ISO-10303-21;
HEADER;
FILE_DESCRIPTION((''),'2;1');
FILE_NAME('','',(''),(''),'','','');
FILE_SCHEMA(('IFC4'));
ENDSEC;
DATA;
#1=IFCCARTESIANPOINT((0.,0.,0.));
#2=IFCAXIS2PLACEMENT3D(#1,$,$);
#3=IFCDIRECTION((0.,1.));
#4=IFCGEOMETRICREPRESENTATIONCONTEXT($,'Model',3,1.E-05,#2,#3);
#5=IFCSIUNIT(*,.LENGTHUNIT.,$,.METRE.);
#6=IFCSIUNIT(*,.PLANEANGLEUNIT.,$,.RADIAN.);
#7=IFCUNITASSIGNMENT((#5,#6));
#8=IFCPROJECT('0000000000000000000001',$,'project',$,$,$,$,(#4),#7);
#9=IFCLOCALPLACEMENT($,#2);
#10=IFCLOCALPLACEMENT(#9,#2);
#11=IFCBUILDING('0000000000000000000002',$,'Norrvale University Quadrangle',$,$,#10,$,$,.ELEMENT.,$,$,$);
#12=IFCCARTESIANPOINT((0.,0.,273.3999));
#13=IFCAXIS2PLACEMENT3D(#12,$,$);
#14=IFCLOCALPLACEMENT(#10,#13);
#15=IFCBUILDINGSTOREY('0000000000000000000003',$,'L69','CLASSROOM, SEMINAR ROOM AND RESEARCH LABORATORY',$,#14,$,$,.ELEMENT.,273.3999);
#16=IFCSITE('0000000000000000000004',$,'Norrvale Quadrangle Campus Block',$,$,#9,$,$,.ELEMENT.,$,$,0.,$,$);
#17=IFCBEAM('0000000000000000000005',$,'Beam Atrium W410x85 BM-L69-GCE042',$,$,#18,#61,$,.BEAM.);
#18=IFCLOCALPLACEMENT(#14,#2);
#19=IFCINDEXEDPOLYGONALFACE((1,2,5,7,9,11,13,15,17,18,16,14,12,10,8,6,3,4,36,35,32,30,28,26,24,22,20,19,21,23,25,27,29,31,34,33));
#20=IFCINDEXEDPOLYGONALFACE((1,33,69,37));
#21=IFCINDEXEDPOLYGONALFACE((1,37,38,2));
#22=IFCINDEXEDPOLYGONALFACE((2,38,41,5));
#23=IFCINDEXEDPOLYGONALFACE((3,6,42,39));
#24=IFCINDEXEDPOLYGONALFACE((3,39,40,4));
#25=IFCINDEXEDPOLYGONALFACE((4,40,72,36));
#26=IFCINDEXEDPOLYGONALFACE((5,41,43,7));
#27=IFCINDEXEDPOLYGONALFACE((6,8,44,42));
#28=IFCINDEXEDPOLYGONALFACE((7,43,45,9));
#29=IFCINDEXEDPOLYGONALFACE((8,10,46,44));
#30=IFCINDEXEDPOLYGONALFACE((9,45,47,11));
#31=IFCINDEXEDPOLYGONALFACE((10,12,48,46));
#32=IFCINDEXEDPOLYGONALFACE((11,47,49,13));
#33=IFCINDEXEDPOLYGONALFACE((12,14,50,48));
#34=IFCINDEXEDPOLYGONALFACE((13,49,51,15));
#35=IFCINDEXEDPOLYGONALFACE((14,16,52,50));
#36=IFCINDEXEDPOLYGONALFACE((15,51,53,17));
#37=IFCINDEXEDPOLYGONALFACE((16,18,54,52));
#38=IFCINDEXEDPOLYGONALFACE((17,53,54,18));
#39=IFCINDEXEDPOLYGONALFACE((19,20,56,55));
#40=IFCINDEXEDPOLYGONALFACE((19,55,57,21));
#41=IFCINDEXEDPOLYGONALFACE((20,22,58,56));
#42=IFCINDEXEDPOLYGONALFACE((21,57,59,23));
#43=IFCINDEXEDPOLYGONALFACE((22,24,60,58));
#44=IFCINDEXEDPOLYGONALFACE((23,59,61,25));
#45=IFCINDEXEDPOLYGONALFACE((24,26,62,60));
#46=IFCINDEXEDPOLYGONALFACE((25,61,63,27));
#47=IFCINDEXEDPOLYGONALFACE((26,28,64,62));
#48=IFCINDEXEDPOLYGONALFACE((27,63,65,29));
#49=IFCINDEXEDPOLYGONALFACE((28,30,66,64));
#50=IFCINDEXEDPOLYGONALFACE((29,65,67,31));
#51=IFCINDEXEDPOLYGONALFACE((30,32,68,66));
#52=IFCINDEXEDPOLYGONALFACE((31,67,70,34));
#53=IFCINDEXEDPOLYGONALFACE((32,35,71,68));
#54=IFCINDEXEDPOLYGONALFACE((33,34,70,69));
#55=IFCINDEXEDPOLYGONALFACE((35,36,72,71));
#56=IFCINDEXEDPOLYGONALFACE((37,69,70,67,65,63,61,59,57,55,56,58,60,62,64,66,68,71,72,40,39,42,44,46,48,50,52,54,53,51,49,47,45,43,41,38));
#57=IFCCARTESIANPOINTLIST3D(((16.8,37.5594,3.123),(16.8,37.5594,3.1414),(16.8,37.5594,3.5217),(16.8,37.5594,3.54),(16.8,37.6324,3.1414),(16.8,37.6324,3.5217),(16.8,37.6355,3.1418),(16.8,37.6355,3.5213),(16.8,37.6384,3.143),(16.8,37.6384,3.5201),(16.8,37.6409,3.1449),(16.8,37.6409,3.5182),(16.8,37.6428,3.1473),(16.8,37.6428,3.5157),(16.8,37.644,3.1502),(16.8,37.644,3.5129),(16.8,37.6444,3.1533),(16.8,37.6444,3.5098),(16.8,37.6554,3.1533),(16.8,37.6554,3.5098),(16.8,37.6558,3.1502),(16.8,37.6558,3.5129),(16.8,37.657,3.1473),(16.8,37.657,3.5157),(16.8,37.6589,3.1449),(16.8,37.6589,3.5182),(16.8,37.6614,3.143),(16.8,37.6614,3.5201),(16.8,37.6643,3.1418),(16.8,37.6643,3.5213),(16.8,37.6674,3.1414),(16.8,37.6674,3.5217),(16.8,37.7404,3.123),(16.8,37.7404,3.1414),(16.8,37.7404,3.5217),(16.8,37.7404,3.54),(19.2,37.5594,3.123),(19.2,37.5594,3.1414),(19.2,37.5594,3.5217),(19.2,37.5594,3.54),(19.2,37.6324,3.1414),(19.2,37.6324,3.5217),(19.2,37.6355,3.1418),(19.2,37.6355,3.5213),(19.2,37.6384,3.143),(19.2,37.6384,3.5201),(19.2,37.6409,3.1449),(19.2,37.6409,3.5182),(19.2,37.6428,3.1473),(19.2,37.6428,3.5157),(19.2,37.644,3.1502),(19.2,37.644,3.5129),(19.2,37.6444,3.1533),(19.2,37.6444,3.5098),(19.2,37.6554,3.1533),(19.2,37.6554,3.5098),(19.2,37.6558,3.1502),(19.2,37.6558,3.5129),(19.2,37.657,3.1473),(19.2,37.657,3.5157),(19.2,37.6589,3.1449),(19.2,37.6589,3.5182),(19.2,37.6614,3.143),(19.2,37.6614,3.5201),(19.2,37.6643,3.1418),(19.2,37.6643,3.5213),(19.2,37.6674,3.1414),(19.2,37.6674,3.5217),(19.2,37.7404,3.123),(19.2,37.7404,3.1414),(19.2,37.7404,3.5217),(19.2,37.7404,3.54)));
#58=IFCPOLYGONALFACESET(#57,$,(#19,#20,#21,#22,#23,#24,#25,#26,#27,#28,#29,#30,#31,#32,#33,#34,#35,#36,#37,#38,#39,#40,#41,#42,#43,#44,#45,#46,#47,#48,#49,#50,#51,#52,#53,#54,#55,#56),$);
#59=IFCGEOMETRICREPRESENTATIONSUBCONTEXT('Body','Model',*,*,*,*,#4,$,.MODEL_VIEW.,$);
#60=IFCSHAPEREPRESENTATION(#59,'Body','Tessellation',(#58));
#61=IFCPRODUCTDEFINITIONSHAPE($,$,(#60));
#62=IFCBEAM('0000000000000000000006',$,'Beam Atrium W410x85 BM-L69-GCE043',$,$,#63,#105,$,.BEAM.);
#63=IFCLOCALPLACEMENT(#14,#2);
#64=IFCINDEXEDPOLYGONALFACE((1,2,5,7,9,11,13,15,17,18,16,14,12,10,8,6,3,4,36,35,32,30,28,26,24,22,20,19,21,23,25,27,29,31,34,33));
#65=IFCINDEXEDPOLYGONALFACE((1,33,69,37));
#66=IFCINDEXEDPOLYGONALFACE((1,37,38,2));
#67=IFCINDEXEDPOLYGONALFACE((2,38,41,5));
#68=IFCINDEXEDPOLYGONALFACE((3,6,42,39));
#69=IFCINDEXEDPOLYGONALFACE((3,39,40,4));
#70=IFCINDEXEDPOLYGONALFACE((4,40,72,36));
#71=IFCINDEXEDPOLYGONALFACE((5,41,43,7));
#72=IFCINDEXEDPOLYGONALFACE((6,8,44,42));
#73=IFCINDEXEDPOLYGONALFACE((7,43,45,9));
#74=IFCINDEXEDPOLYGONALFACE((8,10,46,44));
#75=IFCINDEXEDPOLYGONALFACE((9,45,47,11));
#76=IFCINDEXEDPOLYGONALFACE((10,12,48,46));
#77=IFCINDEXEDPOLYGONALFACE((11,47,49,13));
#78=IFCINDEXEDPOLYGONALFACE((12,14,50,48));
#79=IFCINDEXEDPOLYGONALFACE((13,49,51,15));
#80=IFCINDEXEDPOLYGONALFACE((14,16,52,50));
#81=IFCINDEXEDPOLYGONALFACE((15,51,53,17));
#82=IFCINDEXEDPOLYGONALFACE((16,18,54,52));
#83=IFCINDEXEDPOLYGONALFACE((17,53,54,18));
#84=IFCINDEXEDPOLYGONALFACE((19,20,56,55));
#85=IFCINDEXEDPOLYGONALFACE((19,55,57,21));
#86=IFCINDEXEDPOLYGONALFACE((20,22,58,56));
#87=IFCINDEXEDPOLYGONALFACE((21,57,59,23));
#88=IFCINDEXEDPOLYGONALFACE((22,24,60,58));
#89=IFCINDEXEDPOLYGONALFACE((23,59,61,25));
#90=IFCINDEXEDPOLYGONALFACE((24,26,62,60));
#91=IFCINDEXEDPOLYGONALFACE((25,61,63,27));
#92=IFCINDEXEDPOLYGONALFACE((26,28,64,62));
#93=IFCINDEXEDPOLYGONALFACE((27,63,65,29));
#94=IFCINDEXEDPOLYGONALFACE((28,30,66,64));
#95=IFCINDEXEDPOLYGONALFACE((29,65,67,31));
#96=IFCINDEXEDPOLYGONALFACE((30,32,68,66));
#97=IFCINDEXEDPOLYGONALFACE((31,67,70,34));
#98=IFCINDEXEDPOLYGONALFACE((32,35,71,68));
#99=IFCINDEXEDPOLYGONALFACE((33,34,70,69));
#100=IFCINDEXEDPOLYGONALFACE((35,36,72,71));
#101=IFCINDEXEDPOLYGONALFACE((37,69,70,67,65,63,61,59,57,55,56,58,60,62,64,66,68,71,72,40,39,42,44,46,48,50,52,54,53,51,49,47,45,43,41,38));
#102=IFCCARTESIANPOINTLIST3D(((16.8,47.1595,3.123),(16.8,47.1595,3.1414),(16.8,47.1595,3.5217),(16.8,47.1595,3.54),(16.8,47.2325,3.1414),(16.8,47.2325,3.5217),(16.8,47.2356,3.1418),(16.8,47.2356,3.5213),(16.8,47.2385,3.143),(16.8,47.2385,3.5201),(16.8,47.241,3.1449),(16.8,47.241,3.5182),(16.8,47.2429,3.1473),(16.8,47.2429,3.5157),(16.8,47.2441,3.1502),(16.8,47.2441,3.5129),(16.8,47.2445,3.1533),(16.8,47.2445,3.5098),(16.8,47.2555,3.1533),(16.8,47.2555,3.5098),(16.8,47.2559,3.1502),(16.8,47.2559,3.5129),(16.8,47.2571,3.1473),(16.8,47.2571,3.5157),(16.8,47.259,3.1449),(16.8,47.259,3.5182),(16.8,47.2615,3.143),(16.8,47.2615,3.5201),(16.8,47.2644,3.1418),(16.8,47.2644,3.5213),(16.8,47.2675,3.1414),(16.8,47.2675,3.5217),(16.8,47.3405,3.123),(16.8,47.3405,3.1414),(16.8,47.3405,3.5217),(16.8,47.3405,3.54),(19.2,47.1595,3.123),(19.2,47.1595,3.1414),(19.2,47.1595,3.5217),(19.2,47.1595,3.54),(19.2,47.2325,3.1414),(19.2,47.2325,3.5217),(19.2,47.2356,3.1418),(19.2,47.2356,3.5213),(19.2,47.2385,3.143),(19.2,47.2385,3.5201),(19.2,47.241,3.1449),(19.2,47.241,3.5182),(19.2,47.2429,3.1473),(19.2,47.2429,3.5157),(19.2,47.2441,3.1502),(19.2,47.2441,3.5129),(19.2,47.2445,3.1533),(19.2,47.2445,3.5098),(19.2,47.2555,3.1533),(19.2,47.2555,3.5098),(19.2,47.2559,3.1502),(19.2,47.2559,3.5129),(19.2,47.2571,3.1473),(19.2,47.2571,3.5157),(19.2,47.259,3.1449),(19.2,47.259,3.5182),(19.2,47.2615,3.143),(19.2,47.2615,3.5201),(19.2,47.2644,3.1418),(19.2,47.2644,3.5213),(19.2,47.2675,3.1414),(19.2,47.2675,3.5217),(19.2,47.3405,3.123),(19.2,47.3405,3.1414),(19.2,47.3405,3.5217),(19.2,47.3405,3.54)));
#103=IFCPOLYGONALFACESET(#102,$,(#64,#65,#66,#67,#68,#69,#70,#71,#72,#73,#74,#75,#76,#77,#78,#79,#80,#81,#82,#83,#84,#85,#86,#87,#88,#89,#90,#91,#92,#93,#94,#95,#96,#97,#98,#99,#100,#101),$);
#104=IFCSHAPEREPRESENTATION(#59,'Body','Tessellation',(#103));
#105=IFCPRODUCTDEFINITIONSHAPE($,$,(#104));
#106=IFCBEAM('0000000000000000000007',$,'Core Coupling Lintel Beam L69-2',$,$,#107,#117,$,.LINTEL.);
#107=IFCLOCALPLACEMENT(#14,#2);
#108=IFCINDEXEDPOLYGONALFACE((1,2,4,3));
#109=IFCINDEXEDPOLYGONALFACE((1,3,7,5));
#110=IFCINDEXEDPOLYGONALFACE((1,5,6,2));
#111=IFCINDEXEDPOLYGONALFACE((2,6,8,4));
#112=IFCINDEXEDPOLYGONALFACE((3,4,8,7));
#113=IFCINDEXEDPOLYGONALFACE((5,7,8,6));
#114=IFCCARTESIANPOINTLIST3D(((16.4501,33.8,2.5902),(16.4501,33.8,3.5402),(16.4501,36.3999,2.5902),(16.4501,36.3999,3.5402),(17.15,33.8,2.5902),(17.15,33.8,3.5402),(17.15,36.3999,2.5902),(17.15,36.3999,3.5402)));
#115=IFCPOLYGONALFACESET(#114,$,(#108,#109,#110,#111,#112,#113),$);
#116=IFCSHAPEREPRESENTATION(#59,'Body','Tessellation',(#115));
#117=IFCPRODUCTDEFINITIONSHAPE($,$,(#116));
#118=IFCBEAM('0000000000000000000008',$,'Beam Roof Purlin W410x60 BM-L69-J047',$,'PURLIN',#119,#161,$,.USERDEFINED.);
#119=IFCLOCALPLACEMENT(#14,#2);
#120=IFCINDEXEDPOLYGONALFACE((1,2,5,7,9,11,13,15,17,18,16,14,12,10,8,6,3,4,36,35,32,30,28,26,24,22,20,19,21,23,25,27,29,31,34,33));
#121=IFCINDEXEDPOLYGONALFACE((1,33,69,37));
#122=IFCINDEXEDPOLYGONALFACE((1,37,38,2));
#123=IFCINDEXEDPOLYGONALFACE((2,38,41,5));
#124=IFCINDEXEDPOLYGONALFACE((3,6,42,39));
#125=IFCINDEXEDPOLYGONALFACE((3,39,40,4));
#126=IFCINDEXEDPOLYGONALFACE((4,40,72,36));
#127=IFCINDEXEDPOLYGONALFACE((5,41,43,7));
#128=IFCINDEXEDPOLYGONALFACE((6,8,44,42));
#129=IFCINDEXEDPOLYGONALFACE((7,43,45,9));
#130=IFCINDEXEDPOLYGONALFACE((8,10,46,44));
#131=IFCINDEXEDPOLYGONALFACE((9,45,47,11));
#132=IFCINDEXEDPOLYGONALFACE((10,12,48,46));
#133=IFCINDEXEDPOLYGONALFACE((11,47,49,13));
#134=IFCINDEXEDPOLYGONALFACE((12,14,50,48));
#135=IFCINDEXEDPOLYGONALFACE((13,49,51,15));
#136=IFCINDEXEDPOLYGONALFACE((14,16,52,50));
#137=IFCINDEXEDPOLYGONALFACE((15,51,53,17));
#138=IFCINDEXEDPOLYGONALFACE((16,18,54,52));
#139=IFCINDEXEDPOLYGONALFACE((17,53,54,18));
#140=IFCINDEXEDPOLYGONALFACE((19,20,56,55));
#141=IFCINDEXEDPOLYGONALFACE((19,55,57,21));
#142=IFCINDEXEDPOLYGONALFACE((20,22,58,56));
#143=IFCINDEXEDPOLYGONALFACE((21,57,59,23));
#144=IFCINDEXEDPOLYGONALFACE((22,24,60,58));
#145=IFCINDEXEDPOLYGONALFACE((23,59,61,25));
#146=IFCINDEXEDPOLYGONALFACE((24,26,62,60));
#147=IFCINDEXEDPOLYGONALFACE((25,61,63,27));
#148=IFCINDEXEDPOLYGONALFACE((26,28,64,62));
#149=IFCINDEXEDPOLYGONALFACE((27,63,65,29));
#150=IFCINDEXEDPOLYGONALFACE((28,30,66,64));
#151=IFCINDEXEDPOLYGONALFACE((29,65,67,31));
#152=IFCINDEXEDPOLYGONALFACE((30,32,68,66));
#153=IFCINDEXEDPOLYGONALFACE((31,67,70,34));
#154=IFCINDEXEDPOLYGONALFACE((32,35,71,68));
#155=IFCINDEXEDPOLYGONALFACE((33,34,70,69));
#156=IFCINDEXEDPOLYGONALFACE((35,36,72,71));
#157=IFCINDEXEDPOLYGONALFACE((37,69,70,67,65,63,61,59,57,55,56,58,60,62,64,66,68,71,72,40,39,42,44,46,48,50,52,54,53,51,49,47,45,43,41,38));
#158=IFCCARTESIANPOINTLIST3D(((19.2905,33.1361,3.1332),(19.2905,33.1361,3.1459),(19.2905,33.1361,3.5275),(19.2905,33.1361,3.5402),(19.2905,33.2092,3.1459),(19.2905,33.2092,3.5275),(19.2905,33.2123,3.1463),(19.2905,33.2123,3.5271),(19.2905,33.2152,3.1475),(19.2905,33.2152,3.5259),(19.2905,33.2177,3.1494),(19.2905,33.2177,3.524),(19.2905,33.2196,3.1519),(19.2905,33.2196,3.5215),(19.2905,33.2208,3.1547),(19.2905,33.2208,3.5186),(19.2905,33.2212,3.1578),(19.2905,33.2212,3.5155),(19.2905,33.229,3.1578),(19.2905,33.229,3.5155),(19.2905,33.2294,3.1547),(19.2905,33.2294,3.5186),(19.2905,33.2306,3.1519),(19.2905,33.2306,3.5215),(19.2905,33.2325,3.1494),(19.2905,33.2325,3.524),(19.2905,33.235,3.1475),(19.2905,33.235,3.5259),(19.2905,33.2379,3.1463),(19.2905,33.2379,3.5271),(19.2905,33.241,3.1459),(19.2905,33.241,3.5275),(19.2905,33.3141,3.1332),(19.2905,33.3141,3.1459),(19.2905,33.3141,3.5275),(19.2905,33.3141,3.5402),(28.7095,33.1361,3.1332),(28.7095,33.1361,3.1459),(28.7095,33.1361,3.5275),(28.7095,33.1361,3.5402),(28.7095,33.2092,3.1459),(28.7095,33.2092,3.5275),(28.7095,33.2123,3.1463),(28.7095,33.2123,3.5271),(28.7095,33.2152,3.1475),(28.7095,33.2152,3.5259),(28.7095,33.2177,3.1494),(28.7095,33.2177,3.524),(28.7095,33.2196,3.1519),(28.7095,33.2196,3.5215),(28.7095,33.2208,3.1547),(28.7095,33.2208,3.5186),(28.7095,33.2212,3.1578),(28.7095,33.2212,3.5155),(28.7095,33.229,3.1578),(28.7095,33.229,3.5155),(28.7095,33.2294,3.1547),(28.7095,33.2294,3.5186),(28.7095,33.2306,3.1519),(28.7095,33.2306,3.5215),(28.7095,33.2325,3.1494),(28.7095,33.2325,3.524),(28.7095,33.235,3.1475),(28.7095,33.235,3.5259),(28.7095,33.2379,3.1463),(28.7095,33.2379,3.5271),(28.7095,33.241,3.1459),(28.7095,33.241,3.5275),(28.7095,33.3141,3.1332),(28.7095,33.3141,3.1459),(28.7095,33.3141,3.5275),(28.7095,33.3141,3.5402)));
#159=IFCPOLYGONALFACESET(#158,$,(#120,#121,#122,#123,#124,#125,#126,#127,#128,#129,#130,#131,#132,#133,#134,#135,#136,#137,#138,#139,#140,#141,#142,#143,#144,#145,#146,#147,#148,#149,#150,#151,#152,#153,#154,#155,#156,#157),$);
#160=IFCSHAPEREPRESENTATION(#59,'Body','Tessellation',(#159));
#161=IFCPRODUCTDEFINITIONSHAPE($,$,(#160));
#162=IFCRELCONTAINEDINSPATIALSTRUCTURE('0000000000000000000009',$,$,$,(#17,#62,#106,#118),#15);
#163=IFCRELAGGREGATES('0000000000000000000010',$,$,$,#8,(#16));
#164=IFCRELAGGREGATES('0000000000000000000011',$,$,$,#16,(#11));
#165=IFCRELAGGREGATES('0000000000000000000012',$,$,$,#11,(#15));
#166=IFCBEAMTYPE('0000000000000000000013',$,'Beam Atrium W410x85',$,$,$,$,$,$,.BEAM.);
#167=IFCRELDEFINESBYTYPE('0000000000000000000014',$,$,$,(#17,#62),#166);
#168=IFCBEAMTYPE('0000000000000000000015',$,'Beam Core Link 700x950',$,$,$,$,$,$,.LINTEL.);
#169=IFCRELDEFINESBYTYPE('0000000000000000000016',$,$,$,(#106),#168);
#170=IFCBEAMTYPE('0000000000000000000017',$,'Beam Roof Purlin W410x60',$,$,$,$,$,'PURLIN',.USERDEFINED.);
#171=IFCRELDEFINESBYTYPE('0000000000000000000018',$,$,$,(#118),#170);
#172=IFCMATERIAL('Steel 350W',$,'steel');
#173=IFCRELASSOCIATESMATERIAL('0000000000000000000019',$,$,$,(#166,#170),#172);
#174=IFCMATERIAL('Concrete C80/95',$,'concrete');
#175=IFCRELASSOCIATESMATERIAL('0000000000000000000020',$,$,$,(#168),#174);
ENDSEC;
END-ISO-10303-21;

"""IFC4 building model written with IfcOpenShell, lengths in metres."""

from ifc_helpers import new_model, si_unit, direction, frame, origin, origin_2d, place, context, subcontext, project, spatial, rectangle, i_section, extrude, material, material_profile, profile_set, type_object, element, save


model = new_model("IFC4")

# Units and contexts
model_context = context("Model", 3, precision=1e-05, world=origin(), true_north=direction((0.0, 1.0)))
body_context = subcontext(model_context, "Body", "Model", "MODEL_VIEW")
ifc_project = project(units=[si_unit("LENGTHUNIT", "METRE"), si_unit("PLANEANGLEUNIT", "RADIAN")], contexts=[model_context])

# Site, building, storey
site_placement = place(None, origin())
site = spatial("IfcSite", under=ifc_project, at=site_placement, Name="Norrvale Quadrangle Campus Block", CompositionType="ELEMENT", RefElevation=0.0)
building_placement = place(site_placement, origin())
building = spatial("IfcBuilding", under=site, at=building_placement, Name="Norrvale University Quadrangle", CompositionType="ELEMENT")
storey_placement = place(building_placement, frame((0.0, 0.0, 273.3999)))
storey = spatial("IfcBuildingStorey", under=building, at=storey_placement, Name="L69", Description="CLASSROOM, SEMINAR ROOM AND RESEARCH LABORATORY", CompositionType="ELEMENT", Elevation=273.3999)

# Beams
ifc_material_1 = material(Name="Steel 350W", Category="steel")
ifc_material_profile_1 = material_profile(ifc_material_1, i_section(OverallWidth=0.1809, OverallDepth=0.417, WebThickness=0.011, FlangeThickness=0.0183, FilletRadius=0.012, at=origin_2d()), Name="Steel 350W")
ifc_profile_set_1 = profile_set([ifc_material_profile_1], Name="Steel 350W")
beam_type_1 = type_object("IfcBeamType", Name="Beam Atrium W410x85", PredefinedType="BEAM", material=ifc_profile_set_1)
for number, where, z_axis, x_axis, name in (
    (1, (16.8, 37.6499, 3.3315), (1.0, 0.0, 0.0), (0.0, 1.0, 0.0), "Beam Atrium W410x85 BM-L69-GCE042"),
    (2, (16.8, 47.25, 3.3315), (1.0, 0.0, 0.0), (0.0, 1.0, 0.0), "Beam Atrium W410x85 BM-L69-GCE043"),
):
    element("IfcBeam", number, at=place(storey_placement, frame(where, z_axis=z_axis, x_axis=x_axis)), inside=storey, type_object=beam_type_1, Name=name, PredefinedType="BEAM", context=body_context, shape_type="SweptSolid", body=[
        extrude(i_section(OverallWidth=0.1809, OverallDepth=0.417, WebThickness=0.011, FlangeThickness=0.0183, FilletRadius=0.012, at=origin_2d()), origin(), (0.0, 0.0, 1.0), 2.3999),
    ])
ifc_material_2 = material(Name="Concrete C80/95", Category="concrete")
ifc_material_profile_2 = material_profile(ifc_material_2, rectangle(XDim=0.7, YDim=0.95, at=origin_2d()), Name="Concrete C80/95")
ifc_profile_set_2 = profile_set([ifc_material_profile_2], Name="Concrete C80/95")
beam_type_2 = type_object("IfcBeamType", Name="Beam Core Link 700x950", PredefinedType="LINTEL", material=ifc_profile_set_2)
beam_placement = place(storey_placement, frame((16.8, 33.8, 3.0652), z_axis=(0.0, 1.0, 0.0), x_axis=(-1.0, 0.0, 0.0)))
element("IfcBeam", 3, at=beam_placement, inside=storey, type_object=beam_type_2, Name="Core Coupling Lintel Beam L69-2", PredefinedType="LINTEL", context=body_context, shape_type="SweptSolid", body=[
    extrude(rectangle(XDim=0.7, YDim=0.95, at=origin_2d()), origin(), (0.0, 0.0, 1.0), 2.5999),
])
ifc_material_profile_3 = material_profile(ifc_material_1, i_section(OverallWidth=0.178, OverallDepth=0.407, WebThickness=0.0078, FlangeThickness=0.0127, FilletRadius=0.012, at=origin_2d()), Name="Steel 350W")
ifc_profile_set_3 = profile_set([ifc_material_profile_3], Name="Steel 350W")
beam_type_3 = type_object("IfcBeamType", Name="Beam Roof Purlin W410x60", ElementType="PURLIN", PredefinedType="USERDEFINED", material=ifc_profile_set_3)
for number, where, z_axis, x_axis, name in (
    (4, (19.2905, 33.2251, 3.3367), (1.0, 0.0, 0.0), (0.0, 1.0, 0.0), "Beam Roof Purlin W410x60 BM-L69-J047"),
):
    element("IfcBeam", number, at=place(storey_placement, frame(where, z_axis=z_axis, x_axis=x_axis)), inside=storey, type_object=beam_type_3, Name=name, ObjectType="PURLIN", PredefinedType="USERDEFINED", context=body_context, shape_type="SweptSolid", body=[
        extrude(i_section(OverallWidth=0.178, OverallDepth=0.407, WebThickness=0.0078, FlangeThickness=0.0127, FilletRadius=0.012, at=origin_2d()), origin(), (0.0, 0.0, 1.0), 9.4189),
    ])

save(model, "model.ifc")
